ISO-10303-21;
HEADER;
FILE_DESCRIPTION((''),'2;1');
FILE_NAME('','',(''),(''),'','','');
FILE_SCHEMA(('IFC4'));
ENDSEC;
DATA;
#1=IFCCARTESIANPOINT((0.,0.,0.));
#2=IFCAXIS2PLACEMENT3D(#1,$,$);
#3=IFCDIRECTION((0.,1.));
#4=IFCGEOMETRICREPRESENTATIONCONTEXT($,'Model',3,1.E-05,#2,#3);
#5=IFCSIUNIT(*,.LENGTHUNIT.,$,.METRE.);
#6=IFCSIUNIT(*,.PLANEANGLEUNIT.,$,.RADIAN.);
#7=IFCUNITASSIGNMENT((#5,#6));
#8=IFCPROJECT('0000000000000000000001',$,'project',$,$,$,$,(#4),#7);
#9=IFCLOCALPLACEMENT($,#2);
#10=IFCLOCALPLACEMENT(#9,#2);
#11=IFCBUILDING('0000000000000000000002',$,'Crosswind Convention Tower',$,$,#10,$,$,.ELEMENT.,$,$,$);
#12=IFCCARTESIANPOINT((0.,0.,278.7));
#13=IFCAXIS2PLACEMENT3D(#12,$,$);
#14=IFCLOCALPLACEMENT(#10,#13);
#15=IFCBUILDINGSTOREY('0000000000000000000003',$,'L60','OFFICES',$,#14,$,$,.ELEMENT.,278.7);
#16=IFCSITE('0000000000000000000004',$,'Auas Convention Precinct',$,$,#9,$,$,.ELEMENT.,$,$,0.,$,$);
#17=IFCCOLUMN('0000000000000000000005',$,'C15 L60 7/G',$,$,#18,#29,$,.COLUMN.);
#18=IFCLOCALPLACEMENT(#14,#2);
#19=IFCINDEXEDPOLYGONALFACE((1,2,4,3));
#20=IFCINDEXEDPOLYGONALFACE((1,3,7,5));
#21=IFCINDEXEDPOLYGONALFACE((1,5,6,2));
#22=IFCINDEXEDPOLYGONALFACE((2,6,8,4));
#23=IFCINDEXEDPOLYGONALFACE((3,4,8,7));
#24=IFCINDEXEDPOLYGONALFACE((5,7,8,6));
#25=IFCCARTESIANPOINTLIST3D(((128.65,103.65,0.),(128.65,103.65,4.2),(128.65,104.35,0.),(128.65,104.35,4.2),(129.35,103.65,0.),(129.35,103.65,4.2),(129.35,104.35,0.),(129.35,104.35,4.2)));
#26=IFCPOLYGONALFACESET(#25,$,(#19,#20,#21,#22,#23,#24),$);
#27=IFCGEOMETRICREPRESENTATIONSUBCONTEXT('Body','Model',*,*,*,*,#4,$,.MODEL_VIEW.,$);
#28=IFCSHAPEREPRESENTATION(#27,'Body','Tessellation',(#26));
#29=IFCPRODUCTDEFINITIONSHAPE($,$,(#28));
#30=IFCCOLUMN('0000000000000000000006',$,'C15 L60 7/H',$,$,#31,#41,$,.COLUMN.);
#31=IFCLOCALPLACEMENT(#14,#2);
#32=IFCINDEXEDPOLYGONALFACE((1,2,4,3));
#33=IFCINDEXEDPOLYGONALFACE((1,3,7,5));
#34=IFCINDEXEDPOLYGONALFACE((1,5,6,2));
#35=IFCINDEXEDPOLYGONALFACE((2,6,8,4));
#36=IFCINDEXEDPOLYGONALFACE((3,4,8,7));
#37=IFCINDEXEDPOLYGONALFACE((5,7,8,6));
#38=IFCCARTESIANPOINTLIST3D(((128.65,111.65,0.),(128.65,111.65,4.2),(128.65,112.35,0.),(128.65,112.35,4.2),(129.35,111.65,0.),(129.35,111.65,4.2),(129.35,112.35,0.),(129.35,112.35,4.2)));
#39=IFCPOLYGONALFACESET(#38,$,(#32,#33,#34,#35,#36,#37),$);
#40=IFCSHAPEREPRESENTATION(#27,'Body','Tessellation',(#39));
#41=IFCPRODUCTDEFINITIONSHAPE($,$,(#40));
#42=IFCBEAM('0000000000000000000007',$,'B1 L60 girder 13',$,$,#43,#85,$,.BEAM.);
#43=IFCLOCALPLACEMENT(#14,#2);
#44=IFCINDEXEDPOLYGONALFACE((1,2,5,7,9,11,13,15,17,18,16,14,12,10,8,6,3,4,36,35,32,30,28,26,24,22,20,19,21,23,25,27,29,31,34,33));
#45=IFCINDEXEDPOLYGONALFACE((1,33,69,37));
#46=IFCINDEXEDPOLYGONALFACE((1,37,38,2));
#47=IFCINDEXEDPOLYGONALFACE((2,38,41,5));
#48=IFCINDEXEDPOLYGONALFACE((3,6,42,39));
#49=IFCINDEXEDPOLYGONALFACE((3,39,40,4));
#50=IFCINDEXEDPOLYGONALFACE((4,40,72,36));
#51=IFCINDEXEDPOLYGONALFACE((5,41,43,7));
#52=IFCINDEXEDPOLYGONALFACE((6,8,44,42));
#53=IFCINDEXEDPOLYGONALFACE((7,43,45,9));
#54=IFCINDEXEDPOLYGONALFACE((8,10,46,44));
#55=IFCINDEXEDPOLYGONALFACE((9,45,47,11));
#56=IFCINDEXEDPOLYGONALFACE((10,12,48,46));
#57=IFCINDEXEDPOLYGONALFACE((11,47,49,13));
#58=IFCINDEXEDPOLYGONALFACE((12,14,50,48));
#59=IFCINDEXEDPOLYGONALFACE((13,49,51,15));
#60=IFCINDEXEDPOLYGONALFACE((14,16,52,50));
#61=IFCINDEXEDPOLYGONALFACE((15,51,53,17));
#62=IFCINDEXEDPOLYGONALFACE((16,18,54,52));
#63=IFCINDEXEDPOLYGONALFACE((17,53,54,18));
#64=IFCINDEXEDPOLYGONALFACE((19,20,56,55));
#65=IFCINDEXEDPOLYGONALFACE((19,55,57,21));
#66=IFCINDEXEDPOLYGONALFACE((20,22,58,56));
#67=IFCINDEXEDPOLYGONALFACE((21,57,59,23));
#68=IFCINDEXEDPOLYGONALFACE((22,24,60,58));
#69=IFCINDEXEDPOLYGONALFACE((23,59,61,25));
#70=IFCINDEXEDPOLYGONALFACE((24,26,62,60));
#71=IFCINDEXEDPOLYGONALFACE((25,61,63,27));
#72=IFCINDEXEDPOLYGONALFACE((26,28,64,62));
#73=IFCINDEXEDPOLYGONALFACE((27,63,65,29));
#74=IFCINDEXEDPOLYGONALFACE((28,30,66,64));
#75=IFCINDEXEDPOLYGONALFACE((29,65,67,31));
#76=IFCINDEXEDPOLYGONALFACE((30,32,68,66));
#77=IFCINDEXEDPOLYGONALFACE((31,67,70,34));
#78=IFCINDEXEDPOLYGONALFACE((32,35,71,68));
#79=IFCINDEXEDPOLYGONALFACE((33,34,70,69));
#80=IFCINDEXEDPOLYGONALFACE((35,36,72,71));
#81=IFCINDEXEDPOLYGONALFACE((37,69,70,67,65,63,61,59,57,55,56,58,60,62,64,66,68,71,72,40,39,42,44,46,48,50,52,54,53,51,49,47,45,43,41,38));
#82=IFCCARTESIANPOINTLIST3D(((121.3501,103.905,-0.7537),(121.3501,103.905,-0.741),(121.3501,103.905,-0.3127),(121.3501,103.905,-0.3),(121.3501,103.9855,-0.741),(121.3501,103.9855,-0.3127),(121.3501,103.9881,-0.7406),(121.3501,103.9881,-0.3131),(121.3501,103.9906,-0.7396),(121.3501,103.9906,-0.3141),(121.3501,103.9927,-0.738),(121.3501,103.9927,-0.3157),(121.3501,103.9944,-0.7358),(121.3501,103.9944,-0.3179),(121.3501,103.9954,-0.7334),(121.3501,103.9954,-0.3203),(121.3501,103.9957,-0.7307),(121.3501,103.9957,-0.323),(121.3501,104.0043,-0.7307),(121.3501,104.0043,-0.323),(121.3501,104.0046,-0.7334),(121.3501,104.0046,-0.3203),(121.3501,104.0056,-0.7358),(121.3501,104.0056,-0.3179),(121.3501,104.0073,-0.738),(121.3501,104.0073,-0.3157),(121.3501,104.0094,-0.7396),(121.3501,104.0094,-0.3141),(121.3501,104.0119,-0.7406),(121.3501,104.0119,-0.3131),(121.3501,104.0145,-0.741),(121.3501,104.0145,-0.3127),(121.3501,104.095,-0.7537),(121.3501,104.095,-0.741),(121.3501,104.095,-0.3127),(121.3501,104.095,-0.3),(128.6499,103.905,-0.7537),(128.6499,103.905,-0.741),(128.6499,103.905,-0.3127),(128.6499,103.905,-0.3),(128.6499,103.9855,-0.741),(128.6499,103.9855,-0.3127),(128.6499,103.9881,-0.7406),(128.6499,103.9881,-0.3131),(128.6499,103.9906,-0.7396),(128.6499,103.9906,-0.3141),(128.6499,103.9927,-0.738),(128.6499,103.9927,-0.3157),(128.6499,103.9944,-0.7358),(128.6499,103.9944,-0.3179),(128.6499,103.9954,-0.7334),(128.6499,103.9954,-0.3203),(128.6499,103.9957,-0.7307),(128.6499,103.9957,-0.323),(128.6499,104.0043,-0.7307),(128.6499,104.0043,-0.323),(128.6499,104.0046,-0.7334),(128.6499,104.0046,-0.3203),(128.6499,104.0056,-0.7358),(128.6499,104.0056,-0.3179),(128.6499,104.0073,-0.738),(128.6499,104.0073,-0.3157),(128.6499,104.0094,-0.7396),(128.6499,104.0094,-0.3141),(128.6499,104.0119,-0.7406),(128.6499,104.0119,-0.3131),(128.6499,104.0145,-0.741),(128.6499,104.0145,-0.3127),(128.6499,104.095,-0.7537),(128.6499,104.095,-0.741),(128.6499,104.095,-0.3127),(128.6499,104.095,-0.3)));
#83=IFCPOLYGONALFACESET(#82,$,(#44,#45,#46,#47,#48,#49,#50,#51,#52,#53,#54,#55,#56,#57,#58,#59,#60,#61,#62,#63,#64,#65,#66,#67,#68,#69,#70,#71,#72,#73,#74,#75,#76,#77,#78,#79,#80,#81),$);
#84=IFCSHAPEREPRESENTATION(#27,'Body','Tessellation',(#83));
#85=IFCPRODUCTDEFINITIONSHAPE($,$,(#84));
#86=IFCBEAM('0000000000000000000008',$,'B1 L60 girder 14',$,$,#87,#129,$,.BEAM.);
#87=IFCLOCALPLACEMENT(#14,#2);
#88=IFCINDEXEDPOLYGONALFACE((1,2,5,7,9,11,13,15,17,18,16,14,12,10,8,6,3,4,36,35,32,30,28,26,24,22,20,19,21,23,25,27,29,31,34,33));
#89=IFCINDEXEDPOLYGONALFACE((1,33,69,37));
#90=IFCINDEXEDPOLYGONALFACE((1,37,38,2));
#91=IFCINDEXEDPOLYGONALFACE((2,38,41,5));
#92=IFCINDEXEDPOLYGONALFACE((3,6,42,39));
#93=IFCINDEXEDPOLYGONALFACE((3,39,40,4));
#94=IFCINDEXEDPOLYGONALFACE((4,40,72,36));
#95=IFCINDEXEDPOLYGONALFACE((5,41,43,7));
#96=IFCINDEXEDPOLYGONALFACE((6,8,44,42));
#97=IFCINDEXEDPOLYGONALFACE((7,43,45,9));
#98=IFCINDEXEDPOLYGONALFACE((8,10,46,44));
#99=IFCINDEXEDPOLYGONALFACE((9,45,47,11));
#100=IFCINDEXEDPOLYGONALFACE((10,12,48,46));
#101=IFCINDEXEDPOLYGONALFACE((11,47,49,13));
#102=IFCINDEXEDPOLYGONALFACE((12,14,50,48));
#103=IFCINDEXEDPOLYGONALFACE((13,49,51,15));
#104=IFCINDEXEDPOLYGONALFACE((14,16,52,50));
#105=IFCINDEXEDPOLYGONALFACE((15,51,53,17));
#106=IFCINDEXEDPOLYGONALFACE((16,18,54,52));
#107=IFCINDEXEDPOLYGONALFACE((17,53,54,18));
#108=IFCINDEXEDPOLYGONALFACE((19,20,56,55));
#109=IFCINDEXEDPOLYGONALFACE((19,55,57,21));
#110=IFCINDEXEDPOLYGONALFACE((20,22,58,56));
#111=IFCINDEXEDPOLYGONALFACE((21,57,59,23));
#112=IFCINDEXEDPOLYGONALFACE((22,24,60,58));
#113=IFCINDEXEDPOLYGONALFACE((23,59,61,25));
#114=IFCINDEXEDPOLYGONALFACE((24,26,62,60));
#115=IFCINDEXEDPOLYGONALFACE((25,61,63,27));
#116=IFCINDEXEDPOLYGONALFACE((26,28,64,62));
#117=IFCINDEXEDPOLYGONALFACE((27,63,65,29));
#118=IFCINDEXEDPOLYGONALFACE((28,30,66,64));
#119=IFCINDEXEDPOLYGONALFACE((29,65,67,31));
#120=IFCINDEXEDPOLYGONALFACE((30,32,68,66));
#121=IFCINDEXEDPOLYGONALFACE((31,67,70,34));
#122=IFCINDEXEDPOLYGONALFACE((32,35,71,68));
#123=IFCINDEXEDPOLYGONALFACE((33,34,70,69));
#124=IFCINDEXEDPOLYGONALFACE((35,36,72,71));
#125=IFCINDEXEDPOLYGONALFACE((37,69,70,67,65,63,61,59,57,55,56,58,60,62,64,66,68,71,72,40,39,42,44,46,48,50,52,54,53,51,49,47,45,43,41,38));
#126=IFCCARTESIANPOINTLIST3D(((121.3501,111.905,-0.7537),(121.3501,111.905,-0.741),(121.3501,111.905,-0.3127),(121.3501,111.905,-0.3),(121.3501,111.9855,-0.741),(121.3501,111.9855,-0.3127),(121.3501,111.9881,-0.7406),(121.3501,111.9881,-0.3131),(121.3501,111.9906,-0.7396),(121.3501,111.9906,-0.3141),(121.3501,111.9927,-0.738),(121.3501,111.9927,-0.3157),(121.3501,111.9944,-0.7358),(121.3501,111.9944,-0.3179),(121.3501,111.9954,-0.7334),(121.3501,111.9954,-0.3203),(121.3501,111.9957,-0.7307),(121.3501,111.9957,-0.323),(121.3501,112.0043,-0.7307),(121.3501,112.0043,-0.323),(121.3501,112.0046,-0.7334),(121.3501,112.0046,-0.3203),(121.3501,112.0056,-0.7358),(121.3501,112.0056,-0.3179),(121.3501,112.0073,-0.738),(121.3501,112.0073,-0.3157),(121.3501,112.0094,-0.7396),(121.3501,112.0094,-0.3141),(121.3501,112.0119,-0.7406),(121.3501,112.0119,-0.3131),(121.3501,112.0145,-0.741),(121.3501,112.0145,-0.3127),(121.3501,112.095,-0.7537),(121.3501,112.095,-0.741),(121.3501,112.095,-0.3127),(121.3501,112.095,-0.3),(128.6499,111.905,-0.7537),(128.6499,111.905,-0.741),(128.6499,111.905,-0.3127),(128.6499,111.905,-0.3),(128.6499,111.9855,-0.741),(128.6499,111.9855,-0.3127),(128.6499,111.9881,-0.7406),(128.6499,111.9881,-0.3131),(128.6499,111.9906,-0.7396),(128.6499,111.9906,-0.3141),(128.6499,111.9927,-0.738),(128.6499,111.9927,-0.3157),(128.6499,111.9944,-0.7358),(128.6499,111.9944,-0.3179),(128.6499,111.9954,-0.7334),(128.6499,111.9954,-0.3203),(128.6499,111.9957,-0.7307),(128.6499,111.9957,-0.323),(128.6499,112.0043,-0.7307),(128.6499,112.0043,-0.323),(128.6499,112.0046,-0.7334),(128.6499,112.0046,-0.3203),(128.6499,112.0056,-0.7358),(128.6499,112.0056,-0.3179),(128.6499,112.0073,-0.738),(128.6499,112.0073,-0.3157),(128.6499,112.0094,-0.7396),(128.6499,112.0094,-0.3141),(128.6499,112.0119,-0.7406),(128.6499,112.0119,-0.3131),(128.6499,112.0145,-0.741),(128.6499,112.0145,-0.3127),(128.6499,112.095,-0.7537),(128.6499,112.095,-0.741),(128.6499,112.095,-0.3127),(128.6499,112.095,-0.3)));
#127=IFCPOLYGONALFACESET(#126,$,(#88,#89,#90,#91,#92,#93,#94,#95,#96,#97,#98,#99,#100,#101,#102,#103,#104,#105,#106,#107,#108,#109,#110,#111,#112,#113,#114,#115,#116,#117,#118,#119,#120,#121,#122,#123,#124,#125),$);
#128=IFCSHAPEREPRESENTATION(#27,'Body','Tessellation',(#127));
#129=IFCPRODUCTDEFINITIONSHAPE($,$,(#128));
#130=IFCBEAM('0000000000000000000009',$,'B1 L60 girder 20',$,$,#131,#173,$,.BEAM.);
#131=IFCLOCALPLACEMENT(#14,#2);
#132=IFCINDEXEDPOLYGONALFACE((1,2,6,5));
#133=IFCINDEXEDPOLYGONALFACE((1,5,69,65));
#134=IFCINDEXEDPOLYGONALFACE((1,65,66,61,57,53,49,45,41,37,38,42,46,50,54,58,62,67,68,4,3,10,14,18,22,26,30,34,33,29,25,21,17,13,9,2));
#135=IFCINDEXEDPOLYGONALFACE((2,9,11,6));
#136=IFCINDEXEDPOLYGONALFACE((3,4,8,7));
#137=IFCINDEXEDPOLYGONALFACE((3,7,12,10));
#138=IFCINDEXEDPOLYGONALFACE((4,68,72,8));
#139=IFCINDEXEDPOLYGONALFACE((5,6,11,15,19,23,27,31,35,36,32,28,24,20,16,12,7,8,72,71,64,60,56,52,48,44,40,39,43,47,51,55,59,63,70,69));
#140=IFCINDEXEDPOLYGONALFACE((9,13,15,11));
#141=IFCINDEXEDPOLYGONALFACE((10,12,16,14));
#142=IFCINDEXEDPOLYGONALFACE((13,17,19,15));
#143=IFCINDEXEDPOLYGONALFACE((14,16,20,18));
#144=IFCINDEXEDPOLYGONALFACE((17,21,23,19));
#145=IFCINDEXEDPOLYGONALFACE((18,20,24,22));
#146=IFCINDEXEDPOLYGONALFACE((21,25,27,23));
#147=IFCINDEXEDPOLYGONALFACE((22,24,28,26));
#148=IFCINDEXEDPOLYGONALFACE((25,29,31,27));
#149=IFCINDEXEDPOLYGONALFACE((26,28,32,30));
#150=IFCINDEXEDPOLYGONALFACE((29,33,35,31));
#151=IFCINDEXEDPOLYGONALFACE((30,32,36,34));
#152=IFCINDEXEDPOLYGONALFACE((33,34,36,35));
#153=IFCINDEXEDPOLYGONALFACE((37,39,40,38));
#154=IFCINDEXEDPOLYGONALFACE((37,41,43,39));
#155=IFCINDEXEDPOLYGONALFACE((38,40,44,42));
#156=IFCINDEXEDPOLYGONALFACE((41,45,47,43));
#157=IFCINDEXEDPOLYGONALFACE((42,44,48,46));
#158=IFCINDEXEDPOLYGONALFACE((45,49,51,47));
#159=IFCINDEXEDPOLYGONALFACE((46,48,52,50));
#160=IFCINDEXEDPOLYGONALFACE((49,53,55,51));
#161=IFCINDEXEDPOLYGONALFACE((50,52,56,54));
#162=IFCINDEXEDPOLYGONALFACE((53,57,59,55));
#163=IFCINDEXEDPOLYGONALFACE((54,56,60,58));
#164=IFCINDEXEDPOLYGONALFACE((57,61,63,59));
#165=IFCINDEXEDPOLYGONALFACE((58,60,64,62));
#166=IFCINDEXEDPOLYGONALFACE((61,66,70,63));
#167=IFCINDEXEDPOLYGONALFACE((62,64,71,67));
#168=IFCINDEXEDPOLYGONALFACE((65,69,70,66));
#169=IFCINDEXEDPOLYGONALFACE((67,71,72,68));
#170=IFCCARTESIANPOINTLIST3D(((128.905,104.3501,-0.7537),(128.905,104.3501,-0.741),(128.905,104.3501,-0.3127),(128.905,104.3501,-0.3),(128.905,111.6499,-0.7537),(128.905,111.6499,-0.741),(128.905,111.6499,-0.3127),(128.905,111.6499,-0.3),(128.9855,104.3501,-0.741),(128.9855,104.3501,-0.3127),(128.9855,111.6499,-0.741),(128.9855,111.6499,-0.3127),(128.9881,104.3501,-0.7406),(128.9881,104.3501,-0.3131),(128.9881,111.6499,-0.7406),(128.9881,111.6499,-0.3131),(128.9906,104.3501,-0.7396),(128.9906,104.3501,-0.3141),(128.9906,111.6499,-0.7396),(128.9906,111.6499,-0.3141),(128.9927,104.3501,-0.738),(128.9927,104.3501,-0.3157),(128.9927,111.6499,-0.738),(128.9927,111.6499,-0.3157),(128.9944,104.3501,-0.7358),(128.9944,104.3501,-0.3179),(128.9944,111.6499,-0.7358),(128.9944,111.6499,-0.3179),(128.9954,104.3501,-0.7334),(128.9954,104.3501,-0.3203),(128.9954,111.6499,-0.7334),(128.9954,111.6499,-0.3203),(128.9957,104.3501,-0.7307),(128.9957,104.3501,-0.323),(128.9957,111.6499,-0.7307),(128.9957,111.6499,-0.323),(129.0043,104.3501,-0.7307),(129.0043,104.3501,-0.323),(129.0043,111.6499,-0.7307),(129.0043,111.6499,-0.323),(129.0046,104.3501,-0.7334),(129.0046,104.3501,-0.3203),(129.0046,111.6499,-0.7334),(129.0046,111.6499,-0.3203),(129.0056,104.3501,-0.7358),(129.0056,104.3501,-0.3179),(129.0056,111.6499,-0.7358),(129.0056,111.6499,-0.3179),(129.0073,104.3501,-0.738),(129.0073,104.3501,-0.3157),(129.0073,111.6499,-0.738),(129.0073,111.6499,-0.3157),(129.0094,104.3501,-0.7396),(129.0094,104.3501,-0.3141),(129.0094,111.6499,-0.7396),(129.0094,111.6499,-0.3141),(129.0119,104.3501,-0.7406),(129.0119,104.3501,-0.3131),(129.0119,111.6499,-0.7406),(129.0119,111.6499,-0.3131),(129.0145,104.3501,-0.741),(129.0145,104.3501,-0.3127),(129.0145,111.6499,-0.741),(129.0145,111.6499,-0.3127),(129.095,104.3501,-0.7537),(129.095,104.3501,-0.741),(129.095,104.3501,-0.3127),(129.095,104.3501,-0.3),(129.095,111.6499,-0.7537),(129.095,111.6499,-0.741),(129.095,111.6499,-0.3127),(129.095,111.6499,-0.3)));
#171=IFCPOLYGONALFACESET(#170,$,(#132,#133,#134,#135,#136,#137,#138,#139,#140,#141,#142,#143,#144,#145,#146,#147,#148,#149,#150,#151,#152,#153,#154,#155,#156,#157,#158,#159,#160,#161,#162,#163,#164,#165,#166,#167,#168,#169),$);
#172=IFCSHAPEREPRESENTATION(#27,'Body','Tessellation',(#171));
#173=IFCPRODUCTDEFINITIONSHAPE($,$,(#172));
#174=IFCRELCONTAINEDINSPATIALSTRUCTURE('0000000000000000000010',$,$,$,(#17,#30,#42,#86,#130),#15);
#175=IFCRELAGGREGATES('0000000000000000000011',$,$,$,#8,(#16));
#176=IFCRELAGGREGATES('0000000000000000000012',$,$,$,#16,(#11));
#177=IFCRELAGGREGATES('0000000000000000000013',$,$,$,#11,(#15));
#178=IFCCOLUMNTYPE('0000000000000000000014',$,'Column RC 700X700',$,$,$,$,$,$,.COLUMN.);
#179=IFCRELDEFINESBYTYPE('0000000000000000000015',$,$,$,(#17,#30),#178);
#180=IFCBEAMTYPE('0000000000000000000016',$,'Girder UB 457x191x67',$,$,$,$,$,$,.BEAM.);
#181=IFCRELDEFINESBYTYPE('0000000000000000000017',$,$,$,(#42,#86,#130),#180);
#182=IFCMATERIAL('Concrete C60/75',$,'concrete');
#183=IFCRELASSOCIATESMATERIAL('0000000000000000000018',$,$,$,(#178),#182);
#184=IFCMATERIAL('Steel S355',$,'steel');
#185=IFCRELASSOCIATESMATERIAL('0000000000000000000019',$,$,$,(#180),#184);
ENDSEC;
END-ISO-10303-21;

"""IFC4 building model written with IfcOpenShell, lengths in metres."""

from ifc_helpers import new_model, si_unit, direction, frame, origin, origin_2d, place, context, subcontext, project, spatial, rectangle, i_section, extrude, material, material_profile, profile_set, type_object, element, save


model = new_model("IFC4")

# Units and contexts
model_context = context("Model", 3, precision=1e-05, world=origin(), true_north=direction((0.0, 1.0)))
body_context = subcontext(model_context, "Body", "Model", "MODEL_VIEW")
ifc_project = project(units=[si_unit("LENGTHUNIT", "METRE"), si_unit("PLANEANGLEUNIT", "RADIAN")], contexts=[model_context])

# Site, building, storey
site_placement = place(None, origin())
site = spatial("IfcSite", under=ifc_project, at=site_placement, Name="Auas Convention Precinct", CompositionType="ELEMENT", RefElevation=0.0)
building_placement = place(site_placement, origin())
building = spatial("IfcBuilding", under=site, at=building_placement, Name="Crosswind Convention Tower", CompositionType="ELEMENT")
storey_placement = place(building_placement, frame((0.0, 0.0, 278.7)))
storey = spatial("IfcBuildingStorey", under=building, at=storey_placement, Name="L60", Description="OFFICES", CompositionType="ELEMENT", Elevation=278.7)

# Columns
ifc_material_1 = material(Name="Concrete C60/75", Category="concrete")
ifc_material_profile_1 = material_profile(ifc_material_1, rectangle(XDim=0.7, YDim=0.7, at=origin_2d()), Name="RC 700X700")
ifc_profile_set_1 = profile_set([ifc_material_profile_1], Name="Concrete C60/75")
column_type = type_object("IfcColumnType", Name="Column RC 700X700", PredefinedType="COLUMN", material=ifc_profile_set_1)
for number, where, z_axis, x_axis, name in (
    (1, (129.0, 104.0, 0.0), (0.0, 0.0, 1.0), (1.0, 0.0, 0.0), "C15 L60 7/G"),
    (2, (129.0, 112.0, 0.0), (0.0, 0.0, 1.0), (1.0, 0.0, 0.0), "C15 L60 7/H"),
):
    element("IfcColumn", number, at=place(storey_placement, frame(where, z_axis=z_axis, x_axis=x_axis)), inside=storey, type_object=column_type, Name=name, PredefinedType="COLUMN", context=body_context, shape_type="SweptSolid", body=[
        extrude(rectangle(XDim=0.7, YDim=0.7, at=origin_2d()), origin(), (0.0, 0.0, 1.0), 4.2),
    ])

# Beams
ifc_material_2 = material(Name="Steel S355", Category="steel")
ifc_material_profile_2 = material_profile(ifc_material_2, i_section(OverallWidth=0.1899, OverallDepth=0.4536, WebThickness=0.0085, FlangeThickness=0.0127, FilletRadius=0.0103, at=origin_2d()), Name="UB 457x191x67")
ifc_profile_set_2 = profile_set([ifc_material_profile_2], Name="Steel S355")
beam_type_1 = type_object("IfcBeamType", Name="Girder UB 457x191x67", PredefinedType="BEAM", material=ifc_profile_set_2)
for number, where, z_axis, x_axis, name in (
    (3, (121.3501, 104.0, -0.5269), (1.0, 0.0, 0.0), (0.0, 1.0, 0.0), "B1 L60 girder 13"),
    (4, (121.3501, 112.0, -0.5269), (1.0, 0.0, 0.0), (0.0, 1.0, 0.0), "B1 L60 girder 14"),
    (5, (129.0, 104.3501, -0.5269), (0.0, 1.0, 0.0), (-1.0, 0.0, 0.0), "B1 L60 girder 20"),
):
    element("IfcBeam", number, at=place(storey_placement, frame(where, z_axis=z_axis, x_axis=x_axis)), inside=storey, type_object=beam_type_1, Name=name, PredefinedType="BEAM", context=body_context, shape_type="SweptSolid", body=[
        extrude(i_section(OverallWidth=0.1899, OverallDepth=0.4536, WebThickness=0.0085, FlangeThickness=0.0127, FilletRadius=0.0103, at=origin_2d()), origin(), (0.0, 0.0, 1.0), 7.2998),
    ])

save(model, "model.ifc")
